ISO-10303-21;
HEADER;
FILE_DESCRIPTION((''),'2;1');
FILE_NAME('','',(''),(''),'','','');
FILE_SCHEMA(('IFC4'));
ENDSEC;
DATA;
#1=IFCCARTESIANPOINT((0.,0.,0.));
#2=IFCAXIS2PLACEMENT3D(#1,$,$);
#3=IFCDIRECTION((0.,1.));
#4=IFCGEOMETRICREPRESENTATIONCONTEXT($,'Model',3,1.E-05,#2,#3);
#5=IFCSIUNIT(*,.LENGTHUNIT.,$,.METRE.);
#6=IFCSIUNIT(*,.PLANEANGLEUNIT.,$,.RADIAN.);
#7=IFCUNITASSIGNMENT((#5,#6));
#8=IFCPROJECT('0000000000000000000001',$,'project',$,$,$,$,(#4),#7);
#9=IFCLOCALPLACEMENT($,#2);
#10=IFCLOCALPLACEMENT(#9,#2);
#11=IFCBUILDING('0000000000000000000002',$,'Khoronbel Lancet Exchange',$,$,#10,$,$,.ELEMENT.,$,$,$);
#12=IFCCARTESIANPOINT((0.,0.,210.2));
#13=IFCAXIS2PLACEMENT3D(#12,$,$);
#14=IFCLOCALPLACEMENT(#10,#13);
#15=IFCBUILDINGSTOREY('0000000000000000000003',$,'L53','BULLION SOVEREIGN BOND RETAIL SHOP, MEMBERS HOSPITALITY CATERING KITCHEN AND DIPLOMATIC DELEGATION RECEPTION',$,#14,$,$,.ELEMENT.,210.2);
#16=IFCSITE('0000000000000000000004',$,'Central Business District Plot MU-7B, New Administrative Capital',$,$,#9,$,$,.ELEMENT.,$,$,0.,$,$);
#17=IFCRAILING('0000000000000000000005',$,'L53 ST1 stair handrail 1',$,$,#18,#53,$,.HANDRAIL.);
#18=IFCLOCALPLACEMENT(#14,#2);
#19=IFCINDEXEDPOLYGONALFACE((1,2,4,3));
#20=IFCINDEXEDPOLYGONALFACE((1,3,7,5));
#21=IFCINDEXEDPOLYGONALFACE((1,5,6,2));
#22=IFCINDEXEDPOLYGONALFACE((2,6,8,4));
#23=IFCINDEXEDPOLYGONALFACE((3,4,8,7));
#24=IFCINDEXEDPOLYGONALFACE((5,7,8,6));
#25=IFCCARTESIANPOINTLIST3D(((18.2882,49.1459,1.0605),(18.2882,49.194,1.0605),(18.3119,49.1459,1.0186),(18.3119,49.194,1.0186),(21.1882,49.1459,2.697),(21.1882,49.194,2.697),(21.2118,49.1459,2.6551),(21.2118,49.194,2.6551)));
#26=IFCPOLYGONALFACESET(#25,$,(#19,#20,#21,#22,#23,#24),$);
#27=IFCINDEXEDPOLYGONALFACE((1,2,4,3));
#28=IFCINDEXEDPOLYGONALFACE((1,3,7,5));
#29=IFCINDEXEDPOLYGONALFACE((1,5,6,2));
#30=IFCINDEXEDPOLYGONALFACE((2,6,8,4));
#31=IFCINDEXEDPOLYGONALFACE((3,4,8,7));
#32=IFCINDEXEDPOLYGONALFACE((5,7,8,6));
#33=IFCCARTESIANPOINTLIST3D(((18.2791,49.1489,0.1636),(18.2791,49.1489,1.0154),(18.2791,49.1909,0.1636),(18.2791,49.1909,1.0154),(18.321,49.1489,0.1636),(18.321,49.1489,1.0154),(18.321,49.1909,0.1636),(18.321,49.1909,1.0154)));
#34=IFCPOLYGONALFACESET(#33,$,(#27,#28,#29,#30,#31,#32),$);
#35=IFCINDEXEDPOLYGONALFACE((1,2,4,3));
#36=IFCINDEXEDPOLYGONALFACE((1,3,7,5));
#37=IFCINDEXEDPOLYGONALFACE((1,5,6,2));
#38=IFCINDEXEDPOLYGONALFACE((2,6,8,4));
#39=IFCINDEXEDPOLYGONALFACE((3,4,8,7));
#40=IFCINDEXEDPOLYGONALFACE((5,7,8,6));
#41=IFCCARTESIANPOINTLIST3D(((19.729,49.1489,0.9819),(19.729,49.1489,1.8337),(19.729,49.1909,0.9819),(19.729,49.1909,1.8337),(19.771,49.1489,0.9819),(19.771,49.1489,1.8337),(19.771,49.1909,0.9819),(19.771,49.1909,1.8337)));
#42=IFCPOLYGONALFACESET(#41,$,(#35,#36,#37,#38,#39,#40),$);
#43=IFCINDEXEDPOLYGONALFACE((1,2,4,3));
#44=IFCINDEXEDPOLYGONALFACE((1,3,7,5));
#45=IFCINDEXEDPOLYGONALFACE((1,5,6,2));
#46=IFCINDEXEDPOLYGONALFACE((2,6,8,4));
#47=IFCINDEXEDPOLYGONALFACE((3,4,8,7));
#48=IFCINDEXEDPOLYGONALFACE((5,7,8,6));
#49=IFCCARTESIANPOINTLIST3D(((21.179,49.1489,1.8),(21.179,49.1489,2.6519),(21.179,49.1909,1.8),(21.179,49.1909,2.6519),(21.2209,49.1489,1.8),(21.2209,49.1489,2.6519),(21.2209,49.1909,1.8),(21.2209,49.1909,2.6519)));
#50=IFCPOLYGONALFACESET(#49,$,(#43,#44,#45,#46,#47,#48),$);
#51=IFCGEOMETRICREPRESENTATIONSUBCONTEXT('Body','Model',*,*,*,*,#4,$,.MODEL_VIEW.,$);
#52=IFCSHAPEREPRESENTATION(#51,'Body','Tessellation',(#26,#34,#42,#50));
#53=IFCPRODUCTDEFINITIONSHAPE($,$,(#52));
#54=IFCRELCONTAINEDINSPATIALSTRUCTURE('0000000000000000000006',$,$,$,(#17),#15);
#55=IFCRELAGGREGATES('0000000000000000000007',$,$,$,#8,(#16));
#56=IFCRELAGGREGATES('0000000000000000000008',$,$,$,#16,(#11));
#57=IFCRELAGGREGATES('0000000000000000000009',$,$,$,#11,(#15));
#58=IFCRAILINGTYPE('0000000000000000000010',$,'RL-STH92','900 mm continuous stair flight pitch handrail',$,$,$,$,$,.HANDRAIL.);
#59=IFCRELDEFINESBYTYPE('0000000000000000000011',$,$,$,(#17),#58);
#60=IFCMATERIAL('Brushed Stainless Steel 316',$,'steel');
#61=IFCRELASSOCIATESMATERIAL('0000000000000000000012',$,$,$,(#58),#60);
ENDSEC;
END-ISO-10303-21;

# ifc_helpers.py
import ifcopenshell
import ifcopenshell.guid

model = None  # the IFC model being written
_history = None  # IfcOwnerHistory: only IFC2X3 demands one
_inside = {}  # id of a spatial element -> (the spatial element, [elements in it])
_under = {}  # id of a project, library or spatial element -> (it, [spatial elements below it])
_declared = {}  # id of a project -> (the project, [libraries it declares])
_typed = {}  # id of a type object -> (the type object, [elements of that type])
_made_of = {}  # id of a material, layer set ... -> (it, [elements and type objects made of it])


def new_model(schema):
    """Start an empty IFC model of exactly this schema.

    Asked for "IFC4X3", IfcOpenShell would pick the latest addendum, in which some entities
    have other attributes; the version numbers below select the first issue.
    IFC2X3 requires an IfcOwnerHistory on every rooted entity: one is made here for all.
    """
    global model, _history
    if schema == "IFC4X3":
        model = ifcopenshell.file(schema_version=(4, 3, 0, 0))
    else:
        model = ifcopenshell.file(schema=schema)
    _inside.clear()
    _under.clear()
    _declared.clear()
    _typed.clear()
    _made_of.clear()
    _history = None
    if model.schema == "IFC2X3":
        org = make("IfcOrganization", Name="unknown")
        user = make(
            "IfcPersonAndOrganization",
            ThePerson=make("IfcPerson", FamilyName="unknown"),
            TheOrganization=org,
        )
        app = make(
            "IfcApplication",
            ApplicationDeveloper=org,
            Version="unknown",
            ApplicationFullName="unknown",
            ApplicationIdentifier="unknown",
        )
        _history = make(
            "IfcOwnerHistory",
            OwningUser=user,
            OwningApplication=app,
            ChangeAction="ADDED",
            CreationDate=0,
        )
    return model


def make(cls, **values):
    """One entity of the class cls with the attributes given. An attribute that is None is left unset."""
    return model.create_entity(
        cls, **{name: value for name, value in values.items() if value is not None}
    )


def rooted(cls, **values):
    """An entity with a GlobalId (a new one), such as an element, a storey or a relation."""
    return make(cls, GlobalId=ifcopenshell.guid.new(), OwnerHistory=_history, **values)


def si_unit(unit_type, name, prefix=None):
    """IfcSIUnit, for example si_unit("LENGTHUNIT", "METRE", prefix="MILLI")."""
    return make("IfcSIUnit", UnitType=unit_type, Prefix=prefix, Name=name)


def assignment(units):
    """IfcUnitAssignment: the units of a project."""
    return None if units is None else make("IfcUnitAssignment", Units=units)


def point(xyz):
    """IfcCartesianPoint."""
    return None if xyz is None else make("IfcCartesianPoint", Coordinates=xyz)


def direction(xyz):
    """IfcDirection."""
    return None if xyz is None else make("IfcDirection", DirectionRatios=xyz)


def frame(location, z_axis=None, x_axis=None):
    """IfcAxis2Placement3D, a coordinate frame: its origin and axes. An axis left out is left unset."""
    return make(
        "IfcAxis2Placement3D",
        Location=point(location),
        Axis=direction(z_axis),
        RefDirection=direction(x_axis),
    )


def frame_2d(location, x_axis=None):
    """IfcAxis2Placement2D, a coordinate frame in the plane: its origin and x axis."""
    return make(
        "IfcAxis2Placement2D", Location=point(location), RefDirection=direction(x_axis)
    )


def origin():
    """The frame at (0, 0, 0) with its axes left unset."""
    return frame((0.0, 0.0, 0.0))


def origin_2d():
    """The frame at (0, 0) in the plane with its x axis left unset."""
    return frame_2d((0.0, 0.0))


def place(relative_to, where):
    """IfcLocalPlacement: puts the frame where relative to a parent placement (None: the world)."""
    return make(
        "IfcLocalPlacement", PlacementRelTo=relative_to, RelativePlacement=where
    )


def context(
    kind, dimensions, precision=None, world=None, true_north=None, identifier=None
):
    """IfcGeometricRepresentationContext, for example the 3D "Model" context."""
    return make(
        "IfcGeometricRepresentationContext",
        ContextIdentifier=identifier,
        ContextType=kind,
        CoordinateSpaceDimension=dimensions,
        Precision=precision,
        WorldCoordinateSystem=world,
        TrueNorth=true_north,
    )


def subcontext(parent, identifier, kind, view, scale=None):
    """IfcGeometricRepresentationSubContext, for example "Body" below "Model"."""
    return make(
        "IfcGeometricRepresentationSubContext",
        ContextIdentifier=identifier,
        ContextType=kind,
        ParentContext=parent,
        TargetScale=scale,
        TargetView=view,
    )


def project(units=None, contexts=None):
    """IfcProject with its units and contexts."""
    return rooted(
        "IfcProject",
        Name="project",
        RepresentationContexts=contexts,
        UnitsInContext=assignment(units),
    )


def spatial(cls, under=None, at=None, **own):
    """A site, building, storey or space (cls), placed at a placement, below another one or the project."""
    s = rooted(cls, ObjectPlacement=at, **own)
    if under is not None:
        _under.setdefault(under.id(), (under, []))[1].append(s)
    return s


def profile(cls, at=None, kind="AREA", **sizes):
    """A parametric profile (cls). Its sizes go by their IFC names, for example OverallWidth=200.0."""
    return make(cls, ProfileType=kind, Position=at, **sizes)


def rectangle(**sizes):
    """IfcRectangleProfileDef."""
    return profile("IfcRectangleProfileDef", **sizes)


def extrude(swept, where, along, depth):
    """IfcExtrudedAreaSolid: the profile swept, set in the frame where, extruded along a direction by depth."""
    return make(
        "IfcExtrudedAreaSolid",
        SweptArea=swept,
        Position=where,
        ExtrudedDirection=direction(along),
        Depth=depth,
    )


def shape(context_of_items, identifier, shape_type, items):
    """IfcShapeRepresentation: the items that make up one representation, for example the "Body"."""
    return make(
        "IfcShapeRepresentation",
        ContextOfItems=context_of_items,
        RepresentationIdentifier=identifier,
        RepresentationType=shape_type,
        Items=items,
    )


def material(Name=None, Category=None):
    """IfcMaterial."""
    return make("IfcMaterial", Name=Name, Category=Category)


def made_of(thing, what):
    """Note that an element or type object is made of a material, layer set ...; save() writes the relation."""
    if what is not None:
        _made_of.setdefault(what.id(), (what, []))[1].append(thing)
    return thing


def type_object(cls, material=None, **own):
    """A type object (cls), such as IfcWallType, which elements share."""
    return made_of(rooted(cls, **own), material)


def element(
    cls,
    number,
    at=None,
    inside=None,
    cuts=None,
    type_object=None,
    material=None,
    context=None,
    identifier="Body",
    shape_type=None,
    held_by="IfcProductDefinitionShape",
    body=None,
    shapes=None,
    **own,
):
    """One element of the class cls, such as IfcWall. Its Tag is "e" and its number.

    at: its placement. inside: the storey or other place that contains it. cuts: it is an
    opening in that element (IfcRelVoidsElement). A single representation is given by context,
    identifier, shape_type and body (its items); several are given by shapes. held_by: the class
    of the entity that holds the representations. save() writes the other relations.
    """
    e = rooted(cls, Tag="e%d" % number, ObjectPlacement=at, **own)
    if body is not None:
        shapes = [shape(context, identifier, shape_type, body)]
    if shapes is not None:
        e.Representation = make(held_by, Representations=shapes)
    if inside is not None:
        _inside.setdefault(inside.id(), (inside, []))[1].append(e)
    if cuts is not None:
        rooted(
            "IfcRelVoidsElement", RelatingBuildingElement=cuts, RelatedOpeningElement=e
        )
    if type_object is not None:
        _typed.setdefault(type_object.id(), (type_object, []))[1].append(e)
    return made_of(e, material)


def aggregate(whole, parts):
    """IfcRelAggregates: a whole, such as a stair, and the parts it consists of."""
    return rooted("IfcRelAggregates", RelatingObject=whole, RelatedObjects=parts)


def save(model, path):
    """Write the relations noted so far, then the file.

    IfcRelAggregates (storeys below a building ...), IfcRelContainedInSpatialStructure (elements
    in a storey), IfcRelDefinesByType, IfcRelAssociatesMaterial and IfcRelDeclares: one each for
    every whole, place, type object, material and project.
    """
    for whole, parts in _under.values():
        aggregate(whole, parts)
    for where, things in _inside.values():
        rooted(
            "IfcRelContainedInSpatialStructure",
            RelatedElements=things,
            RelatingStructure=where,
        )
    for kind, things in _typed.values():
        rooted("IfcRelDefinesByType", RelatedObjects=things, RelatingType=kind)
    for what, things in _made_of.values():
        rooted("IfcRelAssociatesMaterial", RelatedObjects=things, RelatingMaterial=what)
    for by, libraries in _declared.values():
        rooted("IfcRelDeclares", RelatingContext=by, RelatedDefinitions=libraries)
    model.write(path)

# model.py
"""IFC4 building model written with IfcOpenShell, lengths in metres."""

from ifc_helpers import new_model, si_unit, direction, frame, origin, origin_2d, place, context, subcontext, project, spatial, rectangle, extrude, material, type_object, element, save


model = new_model("IFC4")

# Units and contexts
model_context = context("Model", 3, precision=1e-05, world=origin(), true_north=direction((0.0, 1.0)))
body_context = subcontext(model_context, "Body", "Model", "MODEL_VIEW")
ifc_project = project(units=[si_unit("LENGTHUNIT", "METRE"), si_unit("PLANEANGLEUNIT", "RADIAN")], contexts=[model_context])

# Site, building, storey
site_placement = place(None, origin())
site = spatial("IfcSite", under=ifc_project, at=site_placement, Name="Central Business District Plot MU-7B, New Administrative Capital", CompositionType="ELEMENT", RefElevation=0.0)
building_placement = place(site_placement, origin())
building = spatial("IfcBuilding", under=site, at=building_placement, Name="Khoronbel Lancet Exchange", CompositionType="ELEMENT")
storey_placement = place(building_placement, frame((0.0, 0.0, 210.2)))
storey = spatial("IfcBuildingStorey", under=building, at=storey_placement, Name="L53", Description="BULLION SOVEREIGN BOND RETAIL SHOP, MEMBERS HOSPITALITY CATERING KITCHEN AND DIPLOMATIC DELEGATION RECEPTION", CompositionType="ELEMENT", Elevation=210.2)

# Railing
ifc_material_1 = material(Name="Brushed Stainless Steel 316", Category="steel")
railing_type_1 = type_object("IfcRailingType", Name="RL-STH92", Description="900 mm continuous stair flight pitch handrail", PredefinedType="HANDRAIL", material=ifc_material_1)
railing_1_placement = place(storey_placement, frame((18.3, 49.1699, 0.1636)))
element("IfcRailing", 1, at=railing_1_placement, inside=storey, type_object=railing_type_1, Name="L53 ST1 stair handrail 1", PredefinedType="HANDRAIL", context=body_context, shape_type="SweptSolid", body=[
    extrude(rectangle(XDim=0.0481, YDim=0.0481, at=origin_2d()), frame((0.0, 0.0, 0.876), z_axis=(0.870897, 0.0, 0.491465), x_axis=(0.0, 1.0, 0.0)), (0.0, 0.0, 1.0), 3.3298),
    extrude(rectangle(XDim=0.042, YDim=0.042, at=origin_2d()), origin(), (0.0, 0.0, 1.0), 0.8518),
    extrude(rectangle(XDim=0.042, YDim=0.042, at=origin_2d()), frame((1.45, 0.0, 0.8184)), (0.0, 0.0, 1.0), 0.8518),
    extrude(rectangle(XDim=0.042, YDim=0.042, at=origin_2d()), frame((2.8999, 0.0, 1.6365)), (0.0, 0.0, 1.0), 0.8518),
])

save(model, "model.ifc")
